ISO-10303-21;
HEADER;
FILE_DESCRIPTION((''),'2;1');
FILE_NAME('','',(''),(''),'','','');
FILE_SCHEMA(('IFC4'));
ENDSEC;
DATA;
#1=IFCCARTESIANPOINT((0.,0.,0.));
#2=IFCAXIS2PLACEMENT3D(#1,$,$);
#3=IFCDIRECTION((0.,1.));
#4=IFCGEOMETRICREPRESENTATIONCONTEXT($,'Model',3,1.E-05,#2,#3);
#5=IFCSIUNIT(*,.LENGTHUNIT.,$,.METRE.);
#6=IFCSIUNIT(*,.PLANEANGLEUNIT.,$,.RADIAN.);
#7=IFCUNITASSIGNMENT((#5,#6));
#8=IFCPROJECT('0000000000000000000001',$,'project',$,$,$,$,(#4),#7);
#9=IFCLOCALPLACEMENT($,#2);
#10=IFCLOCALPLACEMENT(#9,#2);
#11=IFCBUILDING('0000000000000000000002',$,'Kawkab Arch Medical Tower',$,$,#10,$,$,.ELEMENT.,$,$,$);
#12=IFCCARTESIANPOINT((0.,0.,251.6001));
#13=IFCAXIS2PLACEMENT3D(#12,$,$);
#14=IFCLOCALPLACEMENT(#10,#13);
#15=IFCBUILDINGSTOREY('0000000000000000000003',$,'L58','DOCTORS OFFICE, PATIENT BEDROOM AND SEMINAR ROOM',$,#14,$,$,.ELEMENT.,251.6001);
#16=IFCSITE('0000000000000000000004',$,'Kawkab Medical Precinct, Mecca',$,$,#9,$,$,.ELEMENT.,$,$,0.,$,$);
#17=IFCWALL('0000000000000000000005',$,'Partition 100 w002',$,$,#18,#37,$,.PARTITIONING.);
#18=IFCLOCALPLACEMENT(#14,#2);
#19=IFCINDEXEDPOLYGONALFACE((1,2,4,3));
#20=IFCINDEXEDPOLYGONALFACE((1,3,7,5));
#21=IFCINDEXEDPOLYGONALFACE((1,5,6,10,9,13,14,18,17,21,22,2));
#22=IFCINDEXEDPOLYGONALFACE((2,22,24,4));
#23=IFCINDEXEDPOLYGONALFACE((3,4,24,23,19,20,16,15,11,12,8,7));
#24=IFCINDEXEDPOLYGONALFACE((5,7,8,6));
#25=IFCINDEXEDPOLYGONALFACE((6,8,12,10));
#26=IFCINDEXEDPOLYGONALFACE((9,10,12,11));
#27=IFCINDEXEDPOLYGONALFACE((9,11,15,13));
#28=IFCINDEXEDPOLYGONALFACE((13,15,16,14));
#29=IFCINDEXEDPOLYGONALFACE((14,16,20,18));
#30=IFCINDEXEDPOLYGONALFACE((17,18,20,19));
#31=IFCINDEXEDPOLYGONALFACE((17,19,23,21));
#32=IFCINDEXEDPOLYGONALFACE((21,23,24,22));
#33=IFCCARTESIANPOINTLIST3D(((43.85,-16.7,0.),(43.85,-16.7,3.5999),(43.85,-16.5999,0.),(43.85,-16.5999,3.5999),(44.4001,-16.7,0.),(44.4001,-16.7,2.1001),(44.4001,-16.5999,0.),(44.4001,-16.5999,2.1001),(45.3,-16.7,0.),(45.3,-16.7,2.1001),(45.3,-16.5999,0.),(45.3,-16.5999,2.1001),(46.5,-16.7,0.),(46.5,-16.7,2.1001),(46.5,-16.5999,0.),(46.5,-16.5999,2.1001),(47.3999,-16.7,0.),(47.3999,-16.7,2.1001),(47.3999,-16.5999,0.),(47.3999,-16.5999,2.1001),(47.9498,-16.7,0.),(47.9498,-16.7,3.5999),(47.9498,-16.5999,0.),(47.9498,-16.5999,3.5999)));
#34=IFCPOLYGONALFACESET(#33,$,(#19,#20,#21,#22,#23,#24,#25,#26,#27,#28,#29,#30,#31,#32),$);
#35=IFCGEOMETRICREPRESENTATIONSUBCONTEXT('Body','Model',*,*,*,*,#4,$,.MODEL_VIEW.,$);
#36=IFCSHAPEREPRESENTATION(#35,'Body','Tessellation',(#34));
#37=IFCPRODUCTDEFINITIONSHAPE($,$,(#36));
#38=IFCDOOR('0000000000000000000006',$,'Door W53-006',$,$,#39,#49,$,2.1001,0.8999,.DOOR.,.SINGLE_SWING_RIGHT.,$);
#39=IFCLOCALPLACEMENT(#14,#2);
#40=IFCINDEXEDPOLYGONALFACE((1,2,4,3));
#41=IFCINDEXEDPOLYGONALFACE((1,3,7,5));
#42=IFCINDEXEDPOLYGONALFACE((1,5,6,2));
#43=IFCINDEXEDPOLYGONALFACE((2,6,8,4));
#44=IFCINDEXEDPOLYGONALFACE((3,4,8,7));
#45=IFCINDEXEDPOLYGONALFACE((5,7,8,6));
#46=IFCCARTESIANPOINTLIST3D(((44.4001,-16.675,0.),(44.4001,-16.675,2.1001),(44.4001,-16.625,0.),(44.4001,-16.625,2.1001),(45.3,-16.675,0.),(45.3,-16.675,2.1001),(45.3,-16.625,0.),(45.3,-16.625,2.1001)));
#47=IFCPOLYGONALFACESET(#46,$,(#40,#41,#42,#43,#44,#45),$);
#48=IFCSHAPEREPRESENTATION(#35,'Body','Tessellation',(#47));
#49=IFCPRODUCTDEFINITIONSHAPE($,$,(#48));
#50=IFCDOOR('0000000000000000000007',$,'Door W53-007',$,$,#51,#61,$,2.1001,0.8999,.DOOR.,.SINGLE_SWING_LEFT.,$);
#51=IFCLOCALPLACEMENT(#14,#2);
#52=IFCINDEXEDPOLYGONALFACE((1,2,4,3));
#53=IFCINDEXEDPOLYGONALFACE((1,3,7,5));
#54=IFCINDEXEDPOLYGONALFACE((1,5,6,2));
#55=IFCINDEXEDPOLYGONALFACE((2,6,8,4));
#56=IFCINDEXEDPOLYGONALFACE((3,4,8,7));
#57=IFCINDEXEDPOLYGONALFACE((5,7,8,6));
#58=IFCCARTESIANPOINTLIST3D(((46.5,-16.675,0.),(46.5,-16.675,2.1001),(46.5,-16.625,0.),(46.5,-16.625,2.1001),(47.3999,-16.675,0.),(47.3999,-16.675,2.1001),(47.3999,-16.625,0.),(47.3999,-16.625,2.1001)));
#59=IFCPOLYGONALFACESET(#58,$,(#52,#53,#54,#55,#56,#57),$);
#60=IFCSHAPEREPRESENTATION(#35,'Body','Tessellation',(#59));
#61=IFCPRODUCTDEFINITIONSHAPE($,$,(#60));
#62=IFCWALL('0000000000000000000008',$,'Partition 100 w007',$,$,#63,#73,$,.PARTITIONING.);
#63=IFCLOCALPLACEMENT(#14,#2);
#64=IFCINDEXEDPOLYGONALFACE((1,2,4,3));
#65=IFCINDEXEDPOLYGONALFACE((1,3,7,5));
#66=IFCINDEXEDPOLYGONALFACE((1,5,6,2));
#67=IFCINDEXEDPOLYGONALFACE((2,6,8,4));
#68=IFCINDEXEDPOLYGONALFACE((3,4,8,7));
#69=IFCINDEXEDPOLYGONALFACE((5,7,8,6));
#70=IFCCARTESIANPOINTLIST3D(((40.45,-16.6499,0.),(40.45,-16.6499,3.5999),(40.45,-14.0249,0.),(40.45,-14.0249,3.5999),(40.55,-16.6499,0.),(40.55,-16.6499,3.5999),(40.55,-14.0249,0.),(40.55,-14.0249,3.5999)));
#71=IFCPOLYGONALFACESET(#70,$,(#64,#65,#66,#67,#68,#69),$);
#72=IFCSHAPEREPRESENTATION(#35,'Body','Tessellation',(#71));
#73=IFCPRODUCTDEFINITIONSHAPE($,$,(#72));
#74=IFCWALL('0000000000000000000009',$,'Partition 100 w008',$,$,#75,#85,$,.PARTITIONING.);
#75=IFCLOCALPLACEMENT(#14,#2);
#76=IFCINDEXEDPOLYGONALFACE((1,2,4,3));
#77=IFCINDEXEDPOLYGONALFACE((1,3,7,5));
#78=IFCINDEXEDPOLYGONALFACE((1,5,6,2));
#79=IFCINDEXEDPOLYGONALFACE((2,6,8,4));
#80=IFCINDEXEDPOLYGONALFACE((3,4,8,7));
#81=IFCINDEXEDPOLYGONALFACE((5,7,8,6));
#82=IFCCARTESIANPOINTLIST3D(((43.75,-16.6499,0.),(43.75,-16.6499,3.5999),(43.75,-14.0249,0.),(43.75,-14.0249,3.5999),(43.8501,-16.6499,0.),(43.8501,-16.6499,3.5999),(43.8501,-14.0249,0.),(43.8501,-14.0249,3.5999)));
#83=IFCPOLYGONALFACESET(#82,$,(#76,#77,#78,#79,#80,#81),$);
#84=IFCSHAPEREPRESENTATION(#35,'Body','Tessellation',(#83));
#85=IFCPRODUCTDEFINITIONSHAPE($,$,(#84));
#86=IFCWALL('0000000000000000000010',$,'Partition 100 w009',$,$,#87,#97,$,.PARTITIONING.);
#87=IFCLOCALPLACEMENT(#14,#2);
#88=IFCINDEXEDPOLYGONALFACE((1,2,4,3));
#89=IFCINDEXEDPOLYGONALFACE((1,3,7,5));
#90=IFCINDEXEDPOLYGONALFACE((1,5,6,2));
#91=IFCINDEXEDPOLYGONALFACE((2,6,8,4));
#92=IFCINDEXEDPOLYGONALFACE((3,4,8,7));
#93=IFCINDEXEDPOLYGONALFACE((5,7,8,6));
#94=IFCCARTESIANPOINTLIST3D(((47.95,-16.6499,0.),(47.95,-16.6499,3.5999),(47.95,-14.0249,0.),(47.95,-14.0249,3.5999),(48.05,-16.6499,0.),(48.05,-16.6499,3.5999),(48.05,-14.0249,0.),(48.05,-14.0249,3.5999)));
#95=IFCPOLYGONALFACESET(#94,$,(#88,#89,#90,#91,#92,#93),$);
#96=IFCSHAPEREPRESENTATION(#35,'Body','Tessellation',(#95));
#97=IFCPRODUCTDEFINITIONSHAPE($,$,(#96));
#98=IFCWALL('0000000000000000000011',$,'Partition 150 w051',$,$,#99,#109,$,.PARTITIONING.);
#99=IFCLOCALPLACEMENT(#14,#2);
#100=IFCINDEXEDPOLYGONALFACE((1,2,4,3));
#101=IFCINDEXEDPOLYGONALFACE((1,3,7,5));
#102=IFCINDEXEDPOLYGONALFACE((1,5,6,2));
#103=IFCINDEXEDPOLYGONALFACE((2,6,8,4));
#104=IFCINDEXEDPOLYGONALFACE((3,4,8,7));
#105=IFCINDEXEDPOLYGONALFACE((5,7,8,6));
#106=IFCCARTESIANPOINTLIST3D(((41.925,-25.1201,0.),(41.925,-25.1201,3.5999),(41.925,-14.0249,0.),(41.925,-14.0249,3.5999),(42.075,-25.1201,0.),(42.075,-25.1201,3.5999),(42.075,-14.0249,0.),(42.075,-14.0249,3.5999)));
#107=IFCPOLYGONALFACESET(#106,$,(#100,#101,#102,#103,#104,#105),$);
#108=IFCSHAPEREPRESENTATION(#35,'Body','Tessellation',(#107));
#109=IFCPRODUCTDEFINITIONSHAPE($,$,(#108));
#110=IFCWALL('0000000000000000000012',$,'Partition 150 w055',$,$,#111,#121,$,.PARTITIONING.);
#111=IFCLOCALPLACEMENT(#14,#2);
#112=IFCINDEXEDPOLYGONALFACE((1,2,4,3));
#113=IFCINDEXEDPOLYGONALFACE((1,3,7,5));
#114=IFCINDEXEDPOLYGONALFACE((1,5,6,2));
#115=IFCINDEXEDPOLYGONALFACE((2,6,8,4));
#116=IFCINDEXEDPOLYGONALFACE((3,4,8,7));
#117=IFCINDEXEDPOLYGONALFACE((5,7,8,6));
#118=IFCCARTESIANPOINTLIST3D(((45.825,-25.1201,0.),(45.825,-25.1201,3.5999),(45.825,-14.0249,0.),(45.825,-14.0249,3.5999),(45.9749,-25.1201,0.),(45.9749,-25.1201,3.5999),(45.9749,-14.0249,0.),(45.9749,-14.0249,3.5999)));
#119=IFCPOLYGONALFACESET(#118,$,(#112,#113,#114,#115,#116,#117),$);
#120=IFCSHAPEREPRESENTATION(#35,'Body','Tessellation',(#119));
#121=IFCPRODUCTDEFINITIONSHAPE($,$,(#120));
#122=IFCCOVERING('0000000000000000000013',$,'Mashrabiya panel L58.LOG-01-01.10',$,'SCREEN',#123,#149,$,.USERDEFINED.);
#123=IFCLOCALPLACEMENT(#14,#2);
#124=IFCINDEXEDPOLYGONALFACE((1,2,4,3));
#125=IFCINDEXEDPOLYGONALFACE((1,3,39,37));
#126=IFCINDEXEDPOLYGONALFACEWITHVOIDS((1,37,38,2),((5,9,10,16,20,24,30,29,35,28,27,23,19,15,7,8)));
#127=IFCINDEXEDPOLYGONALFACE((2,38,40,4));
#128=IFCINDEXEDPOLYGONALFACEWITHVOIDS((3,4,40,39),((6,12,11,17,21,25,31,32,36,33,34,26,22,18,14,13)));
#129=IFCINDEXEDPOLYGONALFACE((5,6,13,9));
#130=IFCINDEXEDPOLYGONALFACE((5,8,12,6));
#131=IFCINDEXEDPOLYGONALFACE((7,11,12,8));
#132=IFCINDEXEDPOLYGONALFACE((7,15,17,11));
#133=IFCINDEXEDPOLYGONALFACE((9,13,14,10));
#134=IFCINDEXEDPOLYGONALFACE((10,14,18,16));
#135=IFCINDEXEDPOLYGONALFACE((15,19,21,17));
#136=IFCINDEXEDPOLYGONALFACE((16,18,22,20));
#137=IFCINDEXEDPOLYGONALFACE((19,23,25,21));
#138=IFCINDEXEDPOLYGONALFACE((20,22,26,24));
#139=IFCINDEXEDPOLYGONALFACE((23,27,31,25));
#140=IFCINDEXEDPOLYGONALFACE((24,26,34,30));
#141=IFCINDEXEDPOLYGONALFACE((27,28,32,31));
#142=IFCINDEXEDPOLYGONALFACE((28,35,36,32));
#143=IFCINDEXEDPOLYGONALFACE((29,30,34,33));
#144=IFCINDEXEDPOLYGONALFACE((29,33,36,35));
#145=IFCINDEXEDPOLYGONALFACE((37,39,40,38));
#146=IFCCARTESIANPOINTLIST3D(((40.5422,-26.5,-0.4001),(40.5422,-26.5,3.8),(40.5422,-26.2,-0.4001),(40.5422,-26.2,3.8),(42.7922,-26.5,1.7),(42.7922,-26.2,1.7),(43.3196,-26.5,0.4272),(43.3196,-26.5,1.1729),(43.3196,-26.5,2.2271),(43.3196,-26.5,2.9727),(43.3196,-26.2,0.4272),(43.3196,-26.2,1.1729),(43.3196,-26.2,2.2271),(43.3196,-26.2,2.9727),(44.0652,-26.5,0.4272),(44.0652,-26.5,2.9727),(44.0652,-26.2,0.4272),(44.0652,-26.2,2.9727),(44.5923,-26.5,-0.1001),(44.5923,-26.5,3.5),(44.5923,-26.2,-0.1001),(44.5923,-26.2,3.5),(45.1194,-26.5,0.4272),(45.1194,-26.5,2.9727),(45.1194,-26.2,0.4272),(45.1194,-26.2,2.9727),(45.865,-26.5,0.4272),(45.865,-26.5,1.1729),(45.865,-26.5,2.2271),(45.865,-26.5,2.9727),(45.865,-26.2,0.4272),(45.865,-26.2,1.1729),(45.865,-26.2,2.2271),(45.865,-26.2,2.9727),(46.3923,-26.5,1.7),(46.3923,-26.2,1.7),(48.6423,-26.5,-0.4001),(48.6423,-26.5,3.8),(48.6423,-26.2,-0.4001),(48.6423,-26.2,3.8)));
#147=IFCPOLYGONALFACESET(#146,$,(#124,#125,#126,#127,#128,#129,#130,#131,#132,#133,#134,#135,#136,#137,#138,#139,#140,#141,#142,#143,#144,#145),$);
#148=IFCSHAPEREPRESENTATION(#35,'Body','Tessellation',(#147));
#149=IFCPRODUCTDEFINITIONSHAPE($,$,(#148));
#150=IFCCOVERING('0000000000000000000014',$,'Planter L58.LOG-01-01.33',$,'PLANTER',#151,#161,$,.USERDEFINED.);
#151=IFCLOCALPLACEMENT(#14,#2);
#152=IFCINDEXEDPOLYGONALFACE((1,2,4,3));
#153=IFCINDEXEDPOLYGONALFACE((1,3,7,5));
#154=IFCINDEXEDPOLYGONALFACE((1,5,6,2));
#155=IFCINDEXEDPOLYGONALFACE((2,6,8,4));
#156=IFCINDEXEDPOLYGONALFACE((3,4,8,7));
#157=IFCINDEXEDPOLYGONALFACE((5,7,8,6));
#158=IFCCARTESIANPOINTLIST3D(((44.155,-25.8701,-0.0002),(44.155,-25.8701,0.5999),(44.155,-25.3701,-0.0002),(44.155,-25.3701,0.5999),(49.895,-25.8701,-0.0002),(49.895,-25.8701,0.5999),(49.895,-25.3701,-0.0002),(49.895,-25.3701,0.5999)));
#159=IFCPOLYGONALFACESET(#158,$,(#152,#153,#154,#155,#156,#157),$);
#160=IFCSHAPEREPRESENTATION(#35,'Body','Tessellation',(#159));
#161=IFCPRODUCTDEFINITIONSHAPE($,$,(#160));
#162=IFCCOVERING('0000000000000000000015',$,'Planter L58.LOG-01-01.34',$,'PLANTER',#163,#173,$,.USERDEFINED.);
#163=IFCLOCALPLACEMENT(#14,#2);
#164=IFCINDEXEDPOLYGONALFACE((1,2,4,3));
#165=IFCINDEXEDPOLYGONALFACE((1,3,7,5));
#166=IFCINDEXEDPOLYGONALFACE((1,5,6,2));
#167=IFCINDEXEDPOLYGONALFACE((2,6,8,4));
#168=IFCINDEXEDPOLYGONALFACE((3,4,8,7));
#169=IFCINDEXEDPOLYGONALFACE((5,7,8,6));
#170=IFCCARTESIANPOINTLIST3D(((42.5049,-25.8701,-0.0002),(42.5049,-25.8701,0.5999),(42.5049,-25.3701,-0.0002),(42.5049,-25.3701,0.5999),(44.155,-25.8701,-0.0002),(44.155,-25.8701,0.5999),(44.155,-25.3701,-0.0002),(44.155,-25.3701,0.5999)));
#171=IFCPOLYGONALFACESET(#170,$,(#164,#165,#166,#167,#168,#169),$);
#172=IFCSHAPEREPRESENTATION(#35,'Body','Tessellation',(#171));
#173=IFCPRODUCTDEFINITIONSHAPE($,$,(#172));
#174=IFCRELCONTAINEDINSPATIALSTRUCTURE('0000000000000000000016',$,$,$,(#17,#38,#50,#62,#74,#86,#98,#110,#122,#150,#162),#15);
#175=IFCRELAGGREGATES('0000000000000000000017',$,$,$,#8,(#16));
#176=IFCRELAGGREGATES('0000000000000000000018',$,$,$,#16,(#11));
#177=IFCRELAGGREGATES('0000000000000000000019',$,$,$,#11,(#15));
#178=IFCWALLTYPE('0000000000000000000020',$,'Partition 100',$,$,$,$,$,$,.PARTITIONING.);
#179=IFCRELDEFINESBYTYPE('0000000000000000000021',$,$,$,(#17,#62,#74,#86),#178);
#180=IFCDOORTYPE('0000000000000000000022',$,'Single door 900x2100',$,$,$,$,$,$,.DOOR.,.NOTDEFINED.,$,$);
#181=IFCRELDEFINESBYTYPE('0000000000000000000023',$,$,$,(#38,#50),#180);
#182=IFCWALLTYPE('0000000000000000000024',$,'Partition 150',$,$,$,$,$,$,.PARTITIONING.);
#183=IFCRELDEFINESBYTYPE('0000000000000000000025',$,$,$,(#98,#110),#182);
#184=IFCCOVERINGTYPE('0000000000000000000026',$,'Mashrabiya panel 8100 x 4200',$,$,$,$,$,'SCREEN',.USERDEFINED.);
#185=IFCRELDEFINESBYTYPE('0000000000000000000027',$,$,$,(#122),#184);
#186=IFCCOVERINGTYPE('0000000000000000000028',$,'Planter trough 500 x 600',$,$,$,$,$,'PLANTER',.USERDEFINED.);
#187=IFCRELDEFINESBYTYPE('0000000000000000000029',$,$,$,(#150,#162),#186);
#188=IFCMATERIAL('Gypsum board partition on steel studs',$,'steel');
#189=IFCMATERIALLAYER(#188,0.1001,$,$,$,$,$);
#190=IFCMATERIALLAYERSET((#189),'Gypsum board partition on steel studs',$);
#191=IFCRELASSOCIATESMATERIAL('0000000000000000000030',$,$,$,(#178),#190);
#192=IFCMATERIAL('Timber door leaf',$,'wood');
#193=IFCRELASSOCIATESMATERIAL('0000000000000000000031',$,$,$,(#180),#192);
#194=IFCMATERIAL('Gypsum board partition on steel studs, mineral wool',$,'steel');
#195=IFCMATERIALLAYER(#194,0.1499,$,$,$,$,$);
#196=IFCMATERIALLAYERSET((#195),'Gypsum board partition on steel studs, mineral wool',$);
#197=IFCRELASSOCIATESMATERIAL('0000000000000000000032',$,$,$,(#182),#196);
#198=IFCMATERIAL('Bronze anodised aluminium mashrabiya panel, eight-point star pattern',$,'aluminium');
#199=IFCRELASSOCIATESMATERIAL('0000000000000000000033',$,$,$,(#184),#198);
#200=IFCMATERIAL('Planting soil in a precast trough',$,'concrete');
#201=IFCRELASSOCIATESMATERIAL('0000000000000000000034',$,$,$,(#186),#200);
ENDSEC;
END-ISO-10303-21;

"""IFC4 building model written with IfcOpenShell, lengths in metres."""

from ifc_helpers import new_model, si_unit, direction, frame, frame_2d, origin, origin_2d, place, context, subcontext, project, spatial, polyline, rectangle, outline, extrude, material, layer, layer_set, material_profile, profile_set, type_object, element, fill, save


model = new_model("IFC4")

# Units and contexts
model_context = context("Model", 3, precision=1e-05, world=origin(), true_north=direction((0.0, 1.0)))
body_context = subcontext(model_context, "Body", "Model", "MODEL_VIEW")
ifc_project = project(units=[si_unit("LENGTHUNIT", "METRE"), si_unit("PLANEANGLEUNIT", "RADIAN")], contexts=[model_context])

# Site, building, storey
site_placement = place(None, origin())
site = spatial("IfcSite", under=ifc_project, at=site_placement, Name="Kawkab Medical Precinct, Mecca", CompositionType="ELEMENT", RefElevation=0.0)
building_placement = place(site_placement, origin())
building = spatial("IfcBuilding", under=site, at=building_placement, Name="Kawkab Arch Medical Tower", CompositionType="ELEMENT")
storey_placement = place(building_placement, frame((0.0, 0.0, 251.6001)))
storey = spatial("IfcBuildingStorey", under=building, at=storey_placement, Name="L58", Description="DOCTORS OFFICE, PATIENT BEDROOM AND SEMINAR ROOM", CompositionType="ELEMENT", Elevation=251.6001)

# Wall, openings, doors
ifc_material_1 = material(Name="Gypsum board partition on steel studs", Category="steel")
ifc_layer_1 = layer(ifc_material_1, 0.1001)
ifc_layer_set_1 = layer_set([ifc_layer_1], Name="Gypsum board partition on steel studs")
wall_type_1 = type_object("IfcWallType", Name="Partition 100", PredefinedType="PARTITIONING", material=ifc_layer_set_1)
wall_placement = place(storey_placement, frame((43.8501, -16.6499, 0.0), z_axis=(0.0, 0.0, 1.0), x_axis=(1.0, 0.0, 0.0)))
wall = element("IfcWall", 1, at=wall_placement, inside=storey, type_object=wall_type_1, Name="Partition 100 w002", PredefinedType="PARTITIONING", context=body_context, shape_type="SweptSolid", body=[
    extrude(rectangle(XDim=4.0999, YDim=0.1001, at=frame_2d((2.0498, 0.0))), origin(), (0.0, 0.0, 1.0), 3.5999),
])
opening_1_placement = place(wall_placement, frame((0.55, 0.0, 0.0)))
opening_1 = element("IfcOpeningElement", 2, at=opening_1_placement, cuts=wall, PredefinedType="OPENING", context=body_context, shape_type="SweptSolid", body=[
    extrude(rectangle(XDim=0.8999, YDim=2.1001, at=frame_2d((0.45, 1.05))), frame((0.0, 0.0601, 0.0), z_axis=(0.0, -1.0, 0.0), x_axis=(1.0, 0.0, 0.0)), (0.0, 0.0, 1.0), 0.1201),
])
opening_2_placement = place(wall_placement, frame((2.6499, 0.0, 0.0)))
opening_2 = element("IfcOpeningElement", 3, at=opening_2_placement, cuts=wall, PredefinedType="OPENING", context=body_context, shape_type="SweptSolid", body=[
    extrude(rectangle(XDim=0.8999, YDim=2.1001, at=frame_2d((0.45, 1.05))), frame((0.0, 0.0601, 0.0), z_axis=(0.0, -1.0, 0.0), x_axis=(1.0, 0.0, 0.0)), (0.0, 0.0, 1.0), 0.1201),
])
ifc_material_2 = material(Name="Timber door leaf", Category="wood")
door_type = type_object("IfcDoorType", Name="Single door 900x2100", OperationType="NOTDEFINED", PredefinedType="DOOR", material=ifc_material_2)
door_1_placement = place(opening_1_placement, origin())
door_1 = element("IfcDoor", 4, at=door_1_placement, inside=storey, type_object=door_type, Name="Door W53-006", OperationType="SINGLE_SWING_RIGHT", OverallHeight=2.1001, OverallWidth=0.8999, PredefinedType="DOOR", context=body_context, shape_type="SweptSolid", body=[
    extrude(rectangle(XDim=0.8999, YDim=2.1001, at=frame_2d((0.45, 1.05))), frame((0.0, 0.0249, 0.0), z_axis=(0.0, -1.0, 0.0), x_axis=(1.0, 0.0, 0.0)), (0.0, 0.0, 1.0), 0.05),
])
fill(opening_1, door_1)
door_2_placement = place(opening_2_placement, origin())
door_2 = element("IfcDoor", 5, at=door_2_placement, inside=storey, type_object=door_type, Name="Door W53-007", OperationType="SINGLE_SWING_LEFT", OverallHeight=2.1001, OverallWidth=0.8999, PredefinedType="DOOR", context=body_context, shape_type="SweptSolid", body=[
    extrude(rectangle(XDim=0.8999, YDim=2.1001, at=frame_2d((0.45, 1.05))), frame((0.0, 0.0249, 0.0), z_axis=(0.0, -1.0, 0.0), x_axis=(1.0, 0.0, 0.0)), (0.0, 0.0, 1.0), 0.05),
])
fill(opening_2, door_2)

# Walls
for number, where, z_axis, x_axis, name in (
    (6, (40.5, -16.6499, 0.0), (0.0, 0.0, 1.0), (0.0, 1.0, 0.0), "Partition 100 w007"),
    (7, (43.8, -16.6499, 0.0), (0.0, 0.0, 1.0), (0.0, 1.0, 0.0), "Partition 100 w008"),
    (8, (48.0, -16.6499, 0.0), (0.0, 0.0, 1.0), (0.0, 1.0, 0.0), "Partition 100 w009"),
):
    element("IfcWall", number, at=place(storey_placement, frame(where, z_axis=z_axis, x_axis=x_axis)), inside=storey, type_object=wall_type_1, Name=name, PredefinedType="PARTITIONING", context=body_context, shape_type="SweptSolid", body=[
        extrude(rectangle(XDim=2.625, YDim=0.1001, at=frame_2d((1.3125, 0.0))), origin(), (0.0, 0.0, 1.0), 3.5999),
    ])
ifc_material_3 = material(Name="Gypsum board partition on steel studs, mineral wool", Category="steel")
ifc_layer_2 = layer(ifc_material_3, 0.1499)
ifc_layer_set_2 = layer_set([ifc_layer_2], Name="Gypsum board partition on steel studs, mineral wool")
wall_type_2 = type_object("IfcWallType", Name="Partition 150", PredefinedType="PARTITIONING", material=ifc_layer_set_2)
for number, where, z_axis, x_axis, name in (
    (9, (42.0, -25.1201, 0.0), (0.0, 0.0, 1.0), (0.0, 1.0, 0.0), "Partition 150 w051"),
    (10, (45.8999, -25.1201, 0.0), (0.0, 0.0, 1.0), (0.0, 1.0, 0.0), "Partition 150 w055"),
):
    element("IfcWall", number, at=place(storey_placement, frame(where, z_axis=z_axis, x_axis=x_axis)), inside=storey, type_object=wall_type_2, Name=name, PredefinedType="PARTITIONING", context=body_context, shape_type="SweptSolid", body=[
        extrude(rectangle(XDim=11.0952, YDim=0.1499, at=frame_2d((5.5476, 0.0))), origin(), (0.0, 0.0, 1.0), 3.5999),
    ])

# Coverings
ifc_material_4 = material(Name="Bronze anodised aluminium mashrabiya panel, eight-point star pattern", Category="aluminium")
ifc_material_profile_1 = material_profile(ifc_material_4, outline(polyline([(-4.05, -2.1001), (4.05, -2.1001), (4.05, 2.1001), (-4.05, 2.1001), (-4.05, -2.1001)]), holes=[polyline([(1.8, 0.0), (1.2727, 0.5271), (1.2727, 1.2727), (0.5271, 1.2727), (0.0, 1.8), (-0.5271, 1.2727), (-1.2727, 1.2727), (-1.2727, 0.5271), (-1.8, 0.0), (-1.2727, -0.5271), (-1.2727, -1.2727), (-0.5271, -1.2727), (0.0, -1.8), (0.5271, -1.2727), (1.2727, -1.2727), (1.2727, -0.5271), (1.8, 0.0)])]), Name="Mashrabiya panel 8100x4200")
ifc_profile_set_1 = profile_set([ifc_material_profile_1], Name="Bronze anodised aluminium mashrabiya panel, eight-point star pattern")
covering_type_1 = type_object("IfcCoveringType", Name="Mashrabiya panel 8100 x 4200", ElementType="SCREEN", PredefinedType="USERDEFINED", material=ifc_profile_set_1)
covering_1_placement = place(storey_placement, frame((44.5923, -26.2, 1.7), z_axis=(0.0, -1.0, 0.0), x_axis=(1.0, 0.0, 0.0)))
element("IfcCovering", 11, at=covering_1_placement, inside=storey, type_object=covering_type_1, Name="Mashrabiya panel L58.LOG-01-01.10", ObjectType="SCREEN", PredefinedType="USERDEFINED", context=body_context, shape_type="SweptSolid", body=[
    extrude(outline(polyline([(-4.05, -2.1001), (4.05, -2.1001), (4.05, 2.1001), (-4.05, 2.1001), (-4.05, -2.1001)]), holes=[polyline([(1.8, 0.0), (1.2727, 0.5271), (1.2727, 1.2727), (0.5271, 1.2727), (0.0, 1.8), (-0.5271, 1.2727), (-1.2727, 1.2727), (-1.2727, 0.5271), (-1.8, 0.0), (-1.2727, -0.5271), (-1.2727, -1.2727), (-0.5271, -1.2727), (0.0, -1.8), (0.5271, -1.2727), (1.2727, -1.2727), (1.2727, -0.5271), (1.8, 0.0)])]), origin(), (0.0, 0.0, 1.0), 0.3),
])
ifc_material_5 = material(Name="Planting soil in a precast trough", Category="concrete")
ifc_material_profile_2 = material_profile(ifc_material_5, rectangle(XDim=0.5, YDim=0.6001, at=origin_2d()), Name="Trough 500x600")
ifc_profile_set_2 = profile_set([ifc_material_profile_2], Name="Planting soil in a precast trough")
covering_type_2 = type_object("IfcCoveringType", Name="Planter trough 500 x 600", ElementType="PLANTER", PredefinedType="USERDEFINED", material=ifc_profile_set_2)
covering_2_placement = place(storey_placement, frame((49.895, -25.6201, 0.2998), z_axis=(-1.0, 0.0, 0.0), x_axis=(0.0, -1.0, 0.0)))
element("IfcCovering", 12, at=covering_2_placement, inside=storey, type_object=covering_type_2, Name="Planter L58.LOG-01-01.33", ObjectType="PLANTER", PredefinedType="USERDEFINED", context=body_context, shape_type="SweptSolid", body=[
    extrude(rectangle(XDim=0.5, YDim=0.6001, at=origin_2d()), origin(), (0.0, 0.0, 1.0), 5.74),
])
covering_3_placement = place(storey_placement, frame((44.155, -25.6201, 0.2998), z_axis=(-1.0, 0.0, 0.0), x_axis=(0.0, -1.0, 0.0)))
element("IfcCovering", 13, at=covering_3_placement, inside=storey, type_object=covering_type_2, Name="Planter L58.LOG-01-01.34", ObjectType="PLANTER", PredefinedType="USERDEFINED", context=body_context, shape_type="SweptSolid", body=[
    extrude(rectangle(XDim=0.5, YDim=0.6001, at=origin_2d()), origin(), (0.0, 0.0, 1.0), 1.6501),
])

save(model, "model.ifc")
